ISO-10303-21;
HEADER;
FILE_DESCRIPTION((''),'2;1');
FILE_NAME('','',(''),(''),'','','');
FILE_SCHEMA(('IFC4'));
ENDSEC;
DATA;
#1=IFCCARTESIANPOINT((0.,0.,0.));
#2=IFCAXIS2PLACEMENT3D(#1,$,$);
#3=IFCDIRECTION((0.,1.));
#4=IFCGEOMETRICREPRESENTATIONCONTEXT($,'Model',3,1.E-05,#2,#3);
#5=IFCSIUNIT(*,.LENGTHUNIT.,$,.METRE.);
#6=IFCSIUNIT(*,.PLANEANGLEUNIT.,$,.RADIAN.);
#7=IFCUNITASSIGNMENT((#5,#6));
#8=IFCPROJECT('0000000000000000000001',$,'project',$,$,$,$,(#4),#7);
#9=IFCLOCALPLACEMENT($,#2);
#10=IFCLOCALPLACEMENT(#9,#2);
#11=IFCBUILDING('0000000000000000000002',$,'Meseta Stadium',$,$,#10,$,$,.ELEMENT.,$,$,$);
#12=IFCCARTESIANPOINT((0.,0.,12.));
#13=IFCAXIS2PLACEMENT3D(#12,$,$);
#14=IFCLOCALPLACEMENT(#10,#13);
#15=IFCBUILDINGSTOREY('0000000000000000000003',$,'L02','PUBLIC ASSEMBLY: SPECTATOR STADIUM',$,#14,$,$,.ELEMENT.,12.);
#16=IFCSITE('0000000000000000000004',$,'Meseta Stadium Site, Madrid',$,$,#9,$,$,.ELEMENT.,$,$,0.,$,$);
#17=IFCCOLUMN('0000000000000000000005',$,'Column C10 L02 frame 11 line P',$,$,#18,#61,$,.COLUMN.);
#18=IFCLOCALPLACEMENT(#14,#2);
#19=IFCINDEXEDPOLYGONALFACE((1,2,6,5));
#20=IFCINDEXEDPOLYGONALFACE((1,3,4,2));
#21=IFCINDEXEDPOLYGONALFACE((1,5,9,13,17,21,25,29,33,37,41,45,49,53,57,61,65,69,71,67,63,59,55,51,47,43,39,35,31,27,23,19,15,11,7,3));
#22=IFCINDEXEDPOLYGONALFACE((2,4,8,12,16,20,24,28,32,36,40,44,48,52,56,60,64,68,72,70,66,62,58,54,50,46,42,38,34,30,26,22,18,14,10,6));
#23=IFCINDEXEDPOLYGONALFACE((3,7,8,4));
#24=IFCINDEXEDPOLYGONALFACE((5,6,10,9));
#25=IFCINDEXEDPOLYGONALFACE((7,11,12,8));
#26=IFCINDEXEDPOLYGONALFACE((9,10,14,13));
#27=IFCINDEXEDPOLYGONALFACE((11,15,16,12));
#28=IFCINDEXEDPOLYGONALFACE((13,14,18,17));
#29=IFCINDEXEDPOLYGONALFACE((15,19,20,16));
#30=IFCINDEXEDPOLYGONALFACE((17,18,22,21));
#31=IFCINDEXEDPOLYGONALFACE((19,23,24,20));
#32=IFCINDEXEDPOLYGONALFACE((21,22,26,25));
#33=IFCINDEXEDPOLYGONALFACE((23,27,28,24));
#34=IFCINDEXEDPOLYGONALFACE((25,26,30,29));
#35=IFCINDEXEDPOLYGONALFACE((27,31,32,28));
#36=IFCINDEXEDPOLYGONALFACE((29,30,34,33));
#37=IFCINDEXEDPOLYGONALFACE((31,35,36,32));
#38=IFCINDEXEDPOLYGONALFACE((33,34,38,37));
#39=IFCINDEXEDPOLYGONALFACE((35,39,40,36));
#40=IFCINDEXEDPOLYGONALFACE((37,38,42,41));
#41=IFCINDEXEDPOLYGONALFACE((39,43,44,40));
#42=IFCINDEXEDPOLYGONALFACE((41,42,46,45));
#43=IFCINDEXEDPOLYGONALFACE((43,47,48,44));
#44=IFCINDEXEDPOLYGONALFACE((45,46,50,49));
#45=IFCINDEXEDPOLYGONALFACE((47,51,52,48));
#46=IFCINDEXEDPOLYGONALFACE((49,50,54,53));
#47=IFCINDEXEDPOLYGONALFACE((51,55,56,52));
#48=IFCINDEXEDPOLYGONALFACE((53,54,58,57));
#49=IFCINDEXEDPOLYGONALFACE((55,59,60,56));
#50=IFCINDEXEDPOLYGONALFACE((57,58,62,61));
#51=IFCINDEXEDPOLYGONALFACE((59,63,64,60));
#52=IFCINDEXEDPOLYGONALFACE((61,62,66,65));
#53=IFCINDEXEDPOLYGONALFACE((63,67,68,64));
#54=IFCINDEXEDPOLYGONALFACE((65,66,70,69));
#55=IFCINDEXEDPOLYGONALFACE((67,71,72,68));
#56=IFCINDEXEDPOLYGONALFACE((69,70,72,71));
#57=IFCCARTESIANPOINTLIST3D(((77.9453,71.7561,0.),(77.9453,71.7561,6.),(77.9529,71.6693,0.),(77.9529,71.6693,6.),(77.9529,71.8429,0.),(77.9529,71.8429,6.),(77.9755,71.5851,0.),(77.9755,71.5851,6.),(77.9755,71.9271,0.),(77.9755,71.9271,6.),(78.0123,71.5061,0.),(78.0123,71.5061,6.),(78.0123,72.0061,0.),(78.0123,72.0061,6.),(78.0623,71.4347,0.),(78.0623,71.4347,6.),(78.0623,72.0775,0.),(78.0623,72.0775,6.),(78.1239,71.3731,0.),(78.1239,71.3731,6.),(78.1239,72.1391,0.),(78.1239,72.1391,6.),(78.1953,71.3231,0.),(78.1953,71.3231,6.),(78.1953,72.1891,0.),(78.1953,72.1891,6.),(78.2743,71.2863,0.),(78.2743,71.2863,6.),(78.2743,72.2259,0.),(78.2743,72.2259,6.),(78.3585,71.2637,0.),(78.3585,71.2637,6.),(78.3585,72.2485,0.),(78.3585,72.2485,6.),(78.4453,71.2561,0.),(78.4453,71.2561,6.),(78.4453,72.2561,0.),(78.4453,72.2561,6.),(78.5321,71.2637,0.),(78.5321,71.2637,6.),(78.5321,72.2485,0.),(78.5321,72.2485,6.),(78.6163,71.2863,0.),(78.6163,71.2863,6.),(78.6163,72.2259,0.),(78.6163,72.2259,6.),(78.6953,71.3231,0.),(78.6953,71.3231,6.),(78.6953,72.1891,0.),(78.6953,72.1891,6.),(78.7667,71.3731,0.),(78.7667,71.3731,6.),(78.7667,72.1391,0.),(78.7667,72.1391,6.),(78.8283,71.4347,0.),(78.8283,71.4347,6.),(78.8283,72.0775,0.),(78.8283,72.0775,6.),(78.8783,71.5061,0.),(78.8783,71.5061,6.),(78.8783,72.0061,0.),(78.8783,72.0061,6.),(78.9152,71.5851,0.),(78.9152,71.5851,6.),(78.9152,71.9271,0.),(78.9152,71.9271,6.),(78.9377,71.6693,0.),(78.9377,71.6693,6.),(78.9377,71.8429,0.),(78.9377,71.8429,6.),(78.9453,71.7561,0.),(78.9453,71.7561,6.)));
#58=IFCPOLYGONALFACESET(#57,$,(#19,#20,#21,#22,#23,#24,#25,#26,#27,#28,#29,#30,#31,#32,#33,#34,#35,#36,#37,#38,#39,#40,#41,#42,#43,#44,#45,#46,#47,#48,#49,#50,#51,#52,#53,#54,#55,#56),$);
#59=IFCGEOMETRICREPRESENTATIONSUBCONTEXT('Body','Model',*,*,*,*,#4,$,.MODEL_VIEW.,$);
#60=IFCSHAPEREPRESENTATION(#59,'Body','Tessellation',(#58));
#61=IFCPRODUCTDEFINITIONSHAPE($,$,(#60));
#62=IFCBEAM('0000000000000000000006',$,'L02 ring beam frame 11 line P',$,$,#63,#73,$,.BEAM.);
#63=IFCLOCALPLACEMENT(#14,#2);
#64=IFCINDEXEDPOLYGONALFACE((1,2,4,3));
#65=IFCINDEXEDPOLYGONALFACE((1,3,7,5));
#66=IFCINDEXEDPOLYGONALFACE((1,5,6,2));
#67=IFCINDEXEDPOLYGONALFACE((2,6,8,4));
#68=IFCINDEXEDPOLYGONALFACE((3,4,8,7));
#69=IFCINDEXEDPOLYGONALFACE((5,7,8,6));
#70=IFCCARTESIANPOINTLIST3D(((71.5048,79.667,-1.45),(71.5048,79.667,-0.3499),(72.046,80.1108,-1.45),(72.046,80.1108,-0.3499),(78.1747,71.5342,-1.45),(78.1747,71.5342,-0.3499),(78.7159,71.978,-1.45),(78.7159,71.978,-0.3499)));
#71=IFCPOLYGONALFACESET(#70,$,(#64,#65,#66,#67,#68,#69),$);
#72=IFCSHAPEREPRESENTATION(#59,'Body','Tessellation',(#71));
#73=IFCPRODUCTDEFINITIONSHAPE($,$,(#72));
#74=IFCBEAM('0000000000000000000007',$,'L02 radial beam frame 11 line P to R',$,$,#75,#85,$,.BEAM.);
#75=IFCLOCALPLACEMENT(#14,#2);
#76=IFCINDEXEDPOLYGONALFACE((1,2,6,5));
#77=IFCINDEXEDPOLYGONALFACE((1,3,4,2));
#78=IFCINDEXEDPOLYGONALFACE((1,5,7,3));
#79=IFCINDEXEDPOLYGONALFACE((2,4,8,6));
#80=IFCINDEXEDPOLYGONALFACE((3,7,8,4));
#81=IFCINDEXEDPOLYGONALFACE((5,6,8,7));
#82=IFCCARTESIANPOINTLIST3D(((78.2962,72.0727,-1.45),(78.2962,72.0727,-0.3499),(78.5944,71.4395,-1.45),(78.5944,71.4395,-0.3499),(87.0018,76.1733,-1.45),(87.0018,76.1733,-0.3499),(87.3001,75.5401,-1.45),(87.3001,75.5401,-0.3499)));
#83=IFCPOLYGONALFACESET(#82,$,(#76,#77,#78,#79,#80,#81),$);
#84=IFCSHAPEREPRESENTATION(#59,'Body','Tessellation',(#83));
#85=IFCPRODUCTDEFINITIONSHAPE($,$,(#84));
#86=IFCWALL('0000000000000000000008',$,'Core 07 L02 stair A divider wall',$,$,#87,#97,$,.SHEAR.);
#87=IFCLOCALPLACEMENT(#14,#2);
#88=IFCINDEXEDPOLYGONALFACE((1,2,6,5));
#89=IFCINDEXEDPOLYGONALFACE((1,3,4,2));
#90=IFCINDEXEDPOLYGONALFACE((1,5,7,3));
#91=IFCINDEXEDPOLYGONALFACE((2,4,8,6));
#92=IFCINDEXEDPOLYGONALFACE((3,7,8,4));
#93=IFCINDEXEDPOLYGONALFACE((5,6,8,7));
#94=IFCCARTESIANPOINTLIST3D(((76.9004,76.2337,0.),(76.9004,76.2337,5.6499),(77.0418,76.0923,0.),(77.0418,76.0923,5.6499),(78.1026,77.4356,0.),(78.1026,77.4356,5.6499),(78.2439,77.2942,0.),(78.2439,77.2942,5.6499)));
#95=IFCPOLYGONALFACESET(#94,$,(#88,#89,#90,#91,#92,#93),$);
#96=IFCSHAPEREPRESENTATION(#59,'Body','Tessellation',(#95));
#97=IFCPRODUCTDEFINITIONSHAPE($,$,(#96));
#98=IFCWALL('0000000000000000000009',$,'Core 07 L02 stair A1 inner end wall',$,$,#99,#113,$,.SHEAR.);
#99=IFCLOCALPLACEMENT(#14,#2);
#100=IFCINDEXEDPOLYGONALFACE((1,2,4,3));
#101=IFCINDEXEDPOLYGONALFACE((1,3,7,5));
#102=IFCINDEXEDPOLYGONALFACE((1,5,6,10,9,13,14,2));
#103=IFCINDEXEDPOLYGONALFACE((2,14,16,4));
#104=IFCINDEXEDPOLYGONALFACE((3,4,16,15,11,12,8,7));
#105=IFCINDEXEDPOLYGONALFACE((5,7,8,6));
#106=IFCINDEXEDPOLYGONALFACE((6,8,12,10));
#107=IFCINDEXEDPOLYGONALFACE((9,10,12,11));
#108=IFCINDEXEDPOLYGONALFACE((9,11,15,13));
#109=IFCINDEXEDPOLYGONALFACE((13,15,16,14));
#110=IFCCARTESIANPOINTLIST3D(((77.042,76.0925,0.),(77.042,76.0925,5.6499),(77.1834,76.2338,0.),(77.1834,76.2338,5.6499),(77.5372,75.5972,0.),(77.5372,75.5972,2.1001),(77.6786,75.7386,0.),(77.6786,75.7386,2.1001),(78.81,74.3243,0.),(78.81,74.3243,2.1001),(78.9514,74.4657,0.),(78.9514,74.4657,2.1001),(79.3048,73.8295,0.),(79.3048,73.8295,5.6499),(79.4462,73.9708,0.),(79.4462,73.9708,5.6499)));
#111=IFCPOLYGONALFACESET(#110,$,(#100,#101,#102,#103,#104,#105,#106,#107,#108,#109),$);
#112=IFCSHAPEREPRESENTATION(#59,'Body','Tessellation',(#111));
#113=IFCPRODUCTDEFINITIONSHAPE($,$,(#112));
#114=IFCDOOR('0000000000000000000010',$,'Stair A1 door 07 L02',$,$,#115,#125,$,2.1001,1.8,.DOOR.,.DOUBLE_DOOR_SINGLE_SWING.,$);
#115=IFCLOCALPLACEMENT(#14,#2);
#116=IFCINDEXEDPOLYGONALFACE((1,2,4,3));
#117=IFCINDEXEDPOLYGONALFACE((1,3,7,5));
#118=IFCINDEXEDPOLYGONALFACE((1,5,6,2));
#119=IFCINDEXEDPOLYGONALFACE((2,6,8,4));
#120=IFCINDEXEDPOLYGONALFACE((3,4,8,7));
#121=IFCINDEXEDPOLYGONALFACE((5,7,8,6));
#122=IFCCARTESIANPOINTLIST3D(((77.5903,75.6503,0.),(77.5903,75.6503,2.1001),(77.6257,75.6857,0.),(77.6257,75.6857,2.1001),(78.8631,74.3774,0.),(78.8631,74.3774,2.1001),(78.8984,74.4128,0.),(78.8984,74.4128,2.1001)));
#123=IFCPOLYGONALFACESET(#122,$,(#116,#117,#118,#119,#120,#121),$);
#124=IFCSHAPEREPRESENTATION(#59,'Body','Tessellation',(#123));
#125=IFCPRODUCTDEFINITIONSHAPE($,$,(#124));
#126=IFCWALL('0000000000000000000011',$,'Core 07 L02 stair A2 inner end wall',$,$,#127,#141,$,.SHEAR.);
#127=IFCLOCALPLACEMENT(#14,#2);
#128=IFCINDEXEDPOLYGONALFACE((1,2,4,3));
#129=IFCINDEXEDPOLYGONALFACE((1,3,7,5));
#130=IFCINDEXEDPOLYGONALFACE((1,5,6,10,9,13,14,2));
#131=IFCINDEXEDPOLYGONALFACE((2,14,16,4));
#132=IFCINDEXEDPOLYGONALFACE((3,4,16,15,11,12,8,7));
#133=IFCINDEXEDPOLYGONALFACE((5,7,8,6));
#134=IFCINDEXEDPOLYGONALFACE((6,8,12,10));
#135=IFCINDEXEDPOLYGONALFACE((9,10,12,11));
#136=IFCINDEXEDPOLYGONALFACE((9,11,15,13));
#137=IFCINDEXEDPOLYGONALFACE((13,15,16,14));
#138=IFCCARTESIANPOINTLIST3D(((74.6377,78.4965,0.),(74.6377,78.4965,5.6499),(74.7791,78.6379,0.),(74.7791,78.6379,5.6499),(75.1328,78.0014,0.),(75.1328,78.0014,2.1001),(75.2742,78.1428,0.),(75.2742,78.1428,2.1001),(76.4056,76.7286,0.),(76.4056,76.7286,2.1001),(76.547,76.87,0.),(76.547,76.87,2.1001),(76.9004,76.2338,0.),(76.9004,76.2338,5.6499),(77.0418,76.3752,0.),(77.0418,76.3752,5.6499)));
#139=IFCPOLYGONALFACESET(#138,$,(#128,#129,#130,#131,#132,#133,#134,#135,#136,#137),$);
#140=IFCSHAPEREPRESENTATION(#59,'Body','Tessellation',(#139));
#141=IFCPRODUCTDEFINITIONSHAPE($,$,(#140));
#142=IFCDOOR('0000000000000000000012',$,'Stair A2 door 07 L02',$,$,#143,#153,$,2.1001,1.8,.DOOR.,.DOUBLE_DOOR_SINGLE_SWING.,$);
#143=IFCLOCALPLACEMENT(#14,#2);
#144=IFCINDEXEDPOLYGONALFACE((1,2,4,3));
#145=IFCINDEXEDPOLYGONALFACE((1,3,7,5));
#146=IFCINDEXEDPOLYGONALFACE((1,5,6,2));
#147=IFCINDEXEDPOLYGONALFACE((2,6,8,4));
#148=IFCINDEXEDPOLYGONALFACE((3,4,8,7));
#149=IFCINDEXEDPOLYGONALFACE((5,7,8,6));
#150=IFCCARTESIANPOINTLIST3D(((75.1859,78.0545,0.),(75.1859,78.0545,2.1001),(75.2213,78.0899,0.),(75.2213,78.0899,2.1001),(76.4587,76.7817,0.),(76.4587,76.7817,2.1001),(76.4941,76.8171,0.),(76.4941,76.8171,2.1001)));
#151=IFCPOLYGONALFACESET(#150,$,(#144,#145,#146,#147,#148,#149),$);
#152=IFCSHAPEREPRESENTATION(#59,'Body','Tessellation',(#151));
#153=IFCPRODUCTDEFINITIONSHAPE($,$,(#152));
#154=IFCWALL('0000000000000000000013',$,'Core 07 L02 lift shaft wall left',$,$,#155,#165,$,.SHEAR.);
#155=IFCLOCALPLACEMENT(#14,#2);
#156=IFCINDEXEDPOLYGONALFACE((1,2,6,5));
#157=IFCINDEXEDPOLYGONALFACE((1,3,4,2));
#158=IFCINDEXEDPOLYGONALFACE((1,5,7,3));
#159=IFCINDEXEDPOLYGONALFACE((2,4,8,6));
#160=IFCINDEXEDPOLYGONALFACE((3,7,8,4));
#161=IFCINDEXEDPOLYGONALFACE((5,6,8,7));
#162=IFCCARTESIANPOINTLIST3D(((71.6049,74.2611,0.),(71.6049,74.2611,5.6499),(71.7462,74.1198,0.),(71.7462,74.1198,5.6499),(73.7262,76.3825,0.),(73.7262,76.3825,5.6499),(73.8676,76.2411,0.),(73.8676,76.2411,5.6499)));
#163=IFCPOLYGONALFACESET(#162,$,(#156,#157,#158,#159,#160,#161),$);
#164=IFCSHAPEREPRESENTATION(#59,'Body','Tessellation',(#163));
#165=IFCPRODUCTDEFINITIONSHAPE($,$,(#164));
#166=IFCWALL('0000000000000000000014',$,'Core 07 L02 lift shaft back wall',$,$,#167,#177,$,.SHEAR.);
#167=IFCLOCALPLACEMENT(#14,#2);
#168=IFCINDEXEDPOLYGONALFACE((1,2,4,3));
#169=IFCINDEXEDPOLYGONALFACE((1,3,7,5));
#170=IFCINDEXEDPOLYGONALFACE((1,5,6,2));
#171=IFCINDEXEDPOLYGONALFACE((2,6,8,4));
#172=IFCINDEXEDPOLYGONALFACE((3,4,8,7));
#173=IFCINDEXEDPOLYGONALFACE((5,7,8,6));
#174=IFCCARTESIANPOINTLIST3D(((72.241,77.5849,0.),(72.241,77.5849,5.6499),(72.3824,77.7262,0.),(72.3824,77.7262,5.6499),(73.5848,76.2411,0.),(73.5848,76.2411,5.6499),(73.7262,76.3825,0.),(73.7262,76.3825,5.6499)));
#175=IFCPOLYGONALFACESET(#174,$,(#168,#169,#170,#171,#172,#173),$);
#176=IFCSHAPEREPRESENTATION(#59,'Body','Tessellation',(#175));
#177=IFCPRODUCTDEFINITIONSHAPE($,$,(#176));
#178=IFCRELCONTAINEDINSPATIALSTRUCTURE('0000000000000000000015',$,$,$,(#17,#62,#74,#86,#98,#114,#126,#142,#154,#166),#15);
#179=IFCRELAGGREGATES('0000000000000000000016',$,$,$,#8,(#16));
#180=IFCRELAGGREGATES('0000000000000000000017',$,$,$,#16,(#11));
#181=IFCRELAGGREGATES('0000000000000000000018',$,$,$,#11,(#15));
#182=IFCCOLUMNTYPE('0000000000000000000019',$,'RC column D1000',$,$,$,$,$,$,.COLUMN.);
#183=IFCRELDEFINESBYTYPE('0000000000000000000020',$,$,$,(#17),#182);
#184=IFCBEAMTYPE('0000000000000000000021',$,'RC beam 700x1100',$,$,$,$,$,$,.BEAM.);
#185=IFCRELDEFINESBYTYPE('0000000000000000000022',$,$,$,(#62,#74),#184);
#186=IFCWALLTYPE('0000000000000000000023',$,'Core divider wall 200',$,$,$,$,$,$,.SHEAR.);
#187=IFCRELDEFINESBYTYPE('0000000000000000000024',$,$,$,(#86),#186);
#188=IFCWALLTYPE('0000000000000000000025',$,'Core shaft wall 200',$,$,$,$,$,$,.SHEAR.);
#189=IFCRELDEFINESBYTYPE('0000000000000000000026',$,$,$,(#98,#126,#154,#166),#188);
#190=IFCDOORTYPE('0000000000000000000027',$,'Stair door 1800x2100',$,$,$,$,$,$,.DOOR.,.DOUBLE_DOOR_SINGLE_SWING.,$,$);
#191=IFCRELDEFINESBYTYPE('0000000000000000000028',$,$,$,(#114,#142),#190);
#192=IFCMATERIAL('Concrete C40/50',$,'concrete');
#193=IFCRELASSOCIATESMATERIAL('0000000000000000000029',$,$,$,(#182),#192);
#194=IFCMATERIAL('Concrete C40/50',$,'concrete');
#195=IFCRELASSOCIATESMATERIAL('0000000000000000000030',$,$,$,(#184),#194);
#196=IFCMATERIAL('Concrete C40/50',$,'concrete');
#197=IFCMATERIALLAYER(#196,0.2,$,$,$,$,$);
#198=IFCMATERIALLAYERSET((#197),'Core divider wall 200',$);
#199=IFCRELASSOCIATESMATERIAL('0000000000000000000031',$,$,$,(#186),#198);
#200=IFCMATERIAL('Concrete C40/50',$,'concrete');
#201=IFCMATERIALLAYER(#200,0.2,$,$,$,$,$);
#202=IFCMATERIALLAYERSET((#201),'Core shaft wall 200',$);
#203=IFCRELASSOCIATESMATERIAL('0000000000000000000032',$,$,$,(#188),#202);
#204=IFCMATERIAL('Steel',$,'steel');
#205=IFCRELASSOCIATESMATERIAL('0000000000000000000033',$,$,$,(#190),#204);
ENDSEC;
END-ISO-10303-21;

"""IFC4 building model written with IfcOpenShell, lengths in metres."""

from ifc_helpers import new_model, si_unit, direction, frame, frame_2d, origin, origin_2d, place, context, subcontext, project, spatial, rectangle, circle, extrude, material, layer, layer_set, material_profile, profile_set, type_object, element, fill, save


model = new_model("IFC4")

# Units and contexts
model_context = context("Model", 3, precision=1e-05, world=origin(), true_north=direction((0.0, 1.0)))
body_context = subcontext(model_context, "Body", "Model", "MODEL_VIEW")
ifc_project = project(units=[si_unit("LENGTHUNIT", "METRE"), si_unit("PLANEANGLEUNIT", "RADIAN")], contexts=[model_context])

# Site, building, storey
site_placement = place(None, origin())
site = spatial("IfcSite", under=ifc_project, at=site_placement, Name="Meseta Stadium Site, Madrid", CompositionType="ELEMENT", RefElevation=0.0)
building_placement = place(site_placement, origin())
building = spatial("IfcBuilding", under=site, at=building_placement, Name="Meseta Stadium", CompositionType="ELEMENT")
storey_placement = place(building_placement, frame((0.0, 0.0, 12.0)))
storey = spatial("IfcBuildingStorey", under=building, at=storey_placement, Name="L02", Description="PUBLIC ASSEMBLY: SPECTATOR STADIUM", CompositionType="ELEMENT", Elevation=12.0)

# Column
ifc_material_1 = material(Name="Concrete C40/50", Category="concrete")
ifc_material_profile_1 = material_profile(ifc_material_1, circle(Radius=0.5, at=origin_2d()), Name="RC D1000")
ifc_profile_set_1 = profile_set([ifc_material_profile_1], Name="Concrete C40/50")
column_type = type_object("IfcColumnType", Name="RC column D1000", PredefinedType="COLUMN", material=ifc_profile_set_1)
column_placement = place(storey_placement, frame((78.4453, 71.7561, 0.0), z_axis=(0.0, 0.0, 1.0), x_axis=(1.0, 0.0, 0.0)))
element("IfcColumn", 1, at=column_placement, inside=storey, type_object=column_type, Name="Column C10 L02 frame 11 line P", PredefinedType="COLUMN", context=body_context, shape_type="SweptSolid", body=[
    extrude(circle(Radius=0.5, at=origin_2d()), origin(), (0.0, 0.0, 1.0), 6.0),
])

# Beams
ifc_material_2 = material(Name="Concrete C40/50", Category="concrete")
ifc_material_profile_2 = material_profile(ifc_material_2, rectangle(XDim=0.7, YDim=1.1001, at=origin_2d()), Name="RC 700x1100")
ifc_profile_set_2 = profile_set([ifc_material_profile_2], Name="Concrete C40/50")
beam_type = type_object("IfcBeamType", Name="RC beam 700x1100", PredefinedType="BEAM", material=ifc_profile_set_2)
beam_1_placement = place(storey_placement, frame((78.4453, 71.7561, -0.8999), z_axis=(-0.634137, 0.77322, 0.0), x_axis=(-0.77322, -0.634137, 0.0)))
element("IfcBeam", 2, at=beam_1_placement, inside=storey, type_object=beam_type, Name="L02 ring beam frame 11 line P", PredefinedType="BEAM", context=body_context, shape_type="SweptSolid", body=[
    extrude(rectangle(XDim=0.7, YDim=1.1001, at=origin_2d()), origin(), (0.0, 0.0, 1.0), 10.5181),
])
beam_2_placement = place(storey_placement, frame((78.4453, 71.7561, -0.8999), z_axis=(0.904665, 0.426124, 0.0), x_axis=(-0.426124, 0.904665, 0.0)))
element("IfcBeam", 3, at=beam_2_placement, inside=storey, type_object=beam_type, Name="L02 radial beam frame 11 line P to R", PredefinedType="BEAM", context=body_context, shape_type="SweptSolid", body=[
    extrude(rectangle(XDim=0.7, YDim=1.1001, at=origin_2d()), origin(), (0.0, 0.0, 1.0), 9.623),
])

# Wall
ifc_material_3 = material(Name="Concrete C40/50", Category="concrete")
ifc_layer_1 = layer(ifc_material_3, 0.2)
ifc_layer_set_1 = layer_set([ifc_layer_1], Name="Core divider wall 200")
wall_type_1 = type_object("IfcWallType", Name="Core divider wall 200", PredefinedType="SHEAR", material=ifc_layer_set_1)
wall_1_placement = place(storey_placement, frame((78.1733, 77.365, 0.0), z_axis=(0.0, 0.0, 1.0), x_axis=(-0.707179, -0.707035, 0.0)))
element("IfcWall", 4, at=wall_1_placement, inside=storey, type_object=wall_type_1, Name="Core 07 L02 stair A divider wall", PredefinedType="SHEAR", context=body_context, shape_type="SweptSolid", body=[
    extrude(rectangle(XDim=1.7, YDim=0.2, at=frame_2d((0.8501, 0.0))), origin(), (0.0, 0.0, 1.0), 5.6499),
])

# Walls, openings, doors
ifc_material_4 = material(Name="Concrete C40/50", Category="concrete")
ifc_layer_2 = layer(ifc_material_4, 0.2)
ifc_layer_set_2 = layer_set([ifc_layer_2], Name="Core shaft wall 200")
wall_type_2 = type_object("IfcWallType", Name="Core shaft wall 200", PredefinedType="SHEAR", material=ifc_layer_set_2)
wall_2_placement = place(storey_placement, frame((79.3755, 73.9001, 0.0), z_axis=(0.0, 0.0, 1.0), x_axis=(-0.707069, 0.707145, 0.0)))
wall_2 = element("IfcWall", 5, at=wall_2_placement, inside=storey, type_object=wall_type_2, Name="Core 07 L02 stair A1 inner end wall", PredefinedType="SHEAR", context=body_context, shape_type="SweptSolid", body=[
    extrude(rectangle(XDim=3.2002, YDim=0.2, at=frame_2d((1.6001, 0.0))), origin(), (0.0, 0.0, 1.0), 5.6499),
])
opening_1_placement = place(wall_2_placement, frame((0.7, 0.0, 0.0)))
opening_1 = element("IfcOpeningElement", 6, at=opening_1_placement, cuts=wall_2, PredefinedType="OPENING", context=body_context, shape_type="SweptSolid", body=[
    extrude(rectangle(XDim=1.8, YDim=2.1001, at=frame_2d((0.8999, 1.05))), frame((0.0, 0.1099, 0.0), z_axis=(0.0, -1.0, 0.0), x_axis=(1.0, 0.0, 0.0)), (0.0, 0.0, 1.0), 0.22),
])
ifc_material_5 = material(Name="Steel", Category="steel")
door_type_1 = type_object("IfcDoorType", Name="Stair door 1800x2100", OperationType="DOUBLE_DOOR_SINGLE_SWING", PredefinedType="DOOR", material=ifc_material_5)
door_1_placement = place(opening_1_placement, origin())
door_1 = element("IfcDoor", 7, at=door_1_placement, inside=storey, type_object=door_type_1, Name="Stair A1 door 07 L02", OperationType="DOUBLE_DOOR_SINGLE_SWING", OverallHeight=2.1001, OverallWidth=1.8, PredefinedType="DOOR", context=body_context, shape_type="SweptSolid", body=[
    extrude(rectangle(XDim=1.8, YDim=2.1001, at=frame_2d((0.8999, 1.05))), frame((0.0, 0.0249, 0.0), z_axis=(0.0, -1.0, 0.0), x_axis=(1.0, 0.0, 0.0)), (0.0, 0.0, 1.0), 0.05),
])
fill(opening_1, door_1)
wall_3_placement = place(storey_placement, frame((76.9712, 76.3044, 0.0), z_axis=(0.0, 0.0, 1.0), x_axis=(-0.707107, 0.707107, 0.0)))
wall_3 = element("IfcWall", 8, at=wall_3_placement, inside=storey, type_object=wall_type_2, Name="Core 07 L02 stair A2 inner end wall", PredefinedType="SHEAR", context=body_context, shape_type="SweptSolid", body=[
    extrude(rectangle(XDim=3.2, YDim=0.2, at=frame_2d((1.6001, 0.0))), origin(), (0.0, 0.0, 1.0), 5.6499),
])
opening_2_placement = place(wall_3_placement, frame((0.7, 0.0, 0.0)))
opening_2 = element("IfcOpeningElement", 9, at=opening_2_placement, cuts=wall_3, PredefinedType="OPENING", context=body_context, shape_type="SweptSolid", body=[
    extrude(rectangle(XDim=1.8, YDim=2.1001, at=frame_2d((0.8999, 1.05))), frame((0.0, 0.1099, 0.0), z_axis=(0.0, -1.0, 0.0), x_axis=(1.0, 0.0, 0.0)), (0.0, 0.0, 1.0), 0.22),
])
door_2_placement = place(opening_2_placement, origin())
door_2 = element("IfcDoor", 10, at=door_2_placement, inside=storey, type_object=door_type_1, Name="Stair A2 door 07 L02", OperationType="DOUBLE_DOOR_SINGLE_SWING", OverallHeight=2.1001, OverallWidth=1.8, PredefinedType="DOOR", context=body_context, shape_type="SweptSolid", body=[
    extrude(rectangle(XDim=1.8, YDim=2.1001, at=frame_2d((0.8999, 1.05))), frame((0.0, 0.0249, 0.0), z_axis=(0.0, -1.0, 0.0), x_axis=(1.0, 0.0, 0.0)), (0.0, 0.0, 1.0), 0.05),
])
fill(opening_2, door_2)

# Walls
wall_4_placement = place(storey_placement, frame((73.7969, 76.3118, 0.0), z_axis=(0.0, 0.0, 1.0), x_axis=(-0.707107, -0.707107, 0.0)))
element("IfcWall", 11, at=wall_4_placement, inside=storey, type_object=wall_type_2, Name="Core 07 L02 lift shaft wall left", PredefinedType="SHEAR", context=body_context, shape_type="SweptSolid", body=[
    extrude(rectangle(XDim=3.0, YDim=0.2, at=frame_2d((1.5, 0.0))), origin(), (0.0, 0.0, 1.0), 5.6499),
])
wall_5_placement = place(storey_placement, frame((73.6555, 76.3118, 0.0), z_axis=(0.0, 0.0, 1.0), x_axis=(-0.707107, 0.707107, 0.0)))
element("IfcWall", 12, at=wall_5_placement, inside=storey, type_object=wall_type_2, Name="Core 07 L02 lift shaft back wall", PredefinedType="SHEAR", context=body_context, shape_type="SweptSolid", body=[
    extrude(rectangle(XDim=1.9004, YDim=0.2, at=frame_2d((0.9502, 0.0))), origin(), (0.0, 0.0, 1.0), 5.6499),
])

save(model, "model.ifc")
